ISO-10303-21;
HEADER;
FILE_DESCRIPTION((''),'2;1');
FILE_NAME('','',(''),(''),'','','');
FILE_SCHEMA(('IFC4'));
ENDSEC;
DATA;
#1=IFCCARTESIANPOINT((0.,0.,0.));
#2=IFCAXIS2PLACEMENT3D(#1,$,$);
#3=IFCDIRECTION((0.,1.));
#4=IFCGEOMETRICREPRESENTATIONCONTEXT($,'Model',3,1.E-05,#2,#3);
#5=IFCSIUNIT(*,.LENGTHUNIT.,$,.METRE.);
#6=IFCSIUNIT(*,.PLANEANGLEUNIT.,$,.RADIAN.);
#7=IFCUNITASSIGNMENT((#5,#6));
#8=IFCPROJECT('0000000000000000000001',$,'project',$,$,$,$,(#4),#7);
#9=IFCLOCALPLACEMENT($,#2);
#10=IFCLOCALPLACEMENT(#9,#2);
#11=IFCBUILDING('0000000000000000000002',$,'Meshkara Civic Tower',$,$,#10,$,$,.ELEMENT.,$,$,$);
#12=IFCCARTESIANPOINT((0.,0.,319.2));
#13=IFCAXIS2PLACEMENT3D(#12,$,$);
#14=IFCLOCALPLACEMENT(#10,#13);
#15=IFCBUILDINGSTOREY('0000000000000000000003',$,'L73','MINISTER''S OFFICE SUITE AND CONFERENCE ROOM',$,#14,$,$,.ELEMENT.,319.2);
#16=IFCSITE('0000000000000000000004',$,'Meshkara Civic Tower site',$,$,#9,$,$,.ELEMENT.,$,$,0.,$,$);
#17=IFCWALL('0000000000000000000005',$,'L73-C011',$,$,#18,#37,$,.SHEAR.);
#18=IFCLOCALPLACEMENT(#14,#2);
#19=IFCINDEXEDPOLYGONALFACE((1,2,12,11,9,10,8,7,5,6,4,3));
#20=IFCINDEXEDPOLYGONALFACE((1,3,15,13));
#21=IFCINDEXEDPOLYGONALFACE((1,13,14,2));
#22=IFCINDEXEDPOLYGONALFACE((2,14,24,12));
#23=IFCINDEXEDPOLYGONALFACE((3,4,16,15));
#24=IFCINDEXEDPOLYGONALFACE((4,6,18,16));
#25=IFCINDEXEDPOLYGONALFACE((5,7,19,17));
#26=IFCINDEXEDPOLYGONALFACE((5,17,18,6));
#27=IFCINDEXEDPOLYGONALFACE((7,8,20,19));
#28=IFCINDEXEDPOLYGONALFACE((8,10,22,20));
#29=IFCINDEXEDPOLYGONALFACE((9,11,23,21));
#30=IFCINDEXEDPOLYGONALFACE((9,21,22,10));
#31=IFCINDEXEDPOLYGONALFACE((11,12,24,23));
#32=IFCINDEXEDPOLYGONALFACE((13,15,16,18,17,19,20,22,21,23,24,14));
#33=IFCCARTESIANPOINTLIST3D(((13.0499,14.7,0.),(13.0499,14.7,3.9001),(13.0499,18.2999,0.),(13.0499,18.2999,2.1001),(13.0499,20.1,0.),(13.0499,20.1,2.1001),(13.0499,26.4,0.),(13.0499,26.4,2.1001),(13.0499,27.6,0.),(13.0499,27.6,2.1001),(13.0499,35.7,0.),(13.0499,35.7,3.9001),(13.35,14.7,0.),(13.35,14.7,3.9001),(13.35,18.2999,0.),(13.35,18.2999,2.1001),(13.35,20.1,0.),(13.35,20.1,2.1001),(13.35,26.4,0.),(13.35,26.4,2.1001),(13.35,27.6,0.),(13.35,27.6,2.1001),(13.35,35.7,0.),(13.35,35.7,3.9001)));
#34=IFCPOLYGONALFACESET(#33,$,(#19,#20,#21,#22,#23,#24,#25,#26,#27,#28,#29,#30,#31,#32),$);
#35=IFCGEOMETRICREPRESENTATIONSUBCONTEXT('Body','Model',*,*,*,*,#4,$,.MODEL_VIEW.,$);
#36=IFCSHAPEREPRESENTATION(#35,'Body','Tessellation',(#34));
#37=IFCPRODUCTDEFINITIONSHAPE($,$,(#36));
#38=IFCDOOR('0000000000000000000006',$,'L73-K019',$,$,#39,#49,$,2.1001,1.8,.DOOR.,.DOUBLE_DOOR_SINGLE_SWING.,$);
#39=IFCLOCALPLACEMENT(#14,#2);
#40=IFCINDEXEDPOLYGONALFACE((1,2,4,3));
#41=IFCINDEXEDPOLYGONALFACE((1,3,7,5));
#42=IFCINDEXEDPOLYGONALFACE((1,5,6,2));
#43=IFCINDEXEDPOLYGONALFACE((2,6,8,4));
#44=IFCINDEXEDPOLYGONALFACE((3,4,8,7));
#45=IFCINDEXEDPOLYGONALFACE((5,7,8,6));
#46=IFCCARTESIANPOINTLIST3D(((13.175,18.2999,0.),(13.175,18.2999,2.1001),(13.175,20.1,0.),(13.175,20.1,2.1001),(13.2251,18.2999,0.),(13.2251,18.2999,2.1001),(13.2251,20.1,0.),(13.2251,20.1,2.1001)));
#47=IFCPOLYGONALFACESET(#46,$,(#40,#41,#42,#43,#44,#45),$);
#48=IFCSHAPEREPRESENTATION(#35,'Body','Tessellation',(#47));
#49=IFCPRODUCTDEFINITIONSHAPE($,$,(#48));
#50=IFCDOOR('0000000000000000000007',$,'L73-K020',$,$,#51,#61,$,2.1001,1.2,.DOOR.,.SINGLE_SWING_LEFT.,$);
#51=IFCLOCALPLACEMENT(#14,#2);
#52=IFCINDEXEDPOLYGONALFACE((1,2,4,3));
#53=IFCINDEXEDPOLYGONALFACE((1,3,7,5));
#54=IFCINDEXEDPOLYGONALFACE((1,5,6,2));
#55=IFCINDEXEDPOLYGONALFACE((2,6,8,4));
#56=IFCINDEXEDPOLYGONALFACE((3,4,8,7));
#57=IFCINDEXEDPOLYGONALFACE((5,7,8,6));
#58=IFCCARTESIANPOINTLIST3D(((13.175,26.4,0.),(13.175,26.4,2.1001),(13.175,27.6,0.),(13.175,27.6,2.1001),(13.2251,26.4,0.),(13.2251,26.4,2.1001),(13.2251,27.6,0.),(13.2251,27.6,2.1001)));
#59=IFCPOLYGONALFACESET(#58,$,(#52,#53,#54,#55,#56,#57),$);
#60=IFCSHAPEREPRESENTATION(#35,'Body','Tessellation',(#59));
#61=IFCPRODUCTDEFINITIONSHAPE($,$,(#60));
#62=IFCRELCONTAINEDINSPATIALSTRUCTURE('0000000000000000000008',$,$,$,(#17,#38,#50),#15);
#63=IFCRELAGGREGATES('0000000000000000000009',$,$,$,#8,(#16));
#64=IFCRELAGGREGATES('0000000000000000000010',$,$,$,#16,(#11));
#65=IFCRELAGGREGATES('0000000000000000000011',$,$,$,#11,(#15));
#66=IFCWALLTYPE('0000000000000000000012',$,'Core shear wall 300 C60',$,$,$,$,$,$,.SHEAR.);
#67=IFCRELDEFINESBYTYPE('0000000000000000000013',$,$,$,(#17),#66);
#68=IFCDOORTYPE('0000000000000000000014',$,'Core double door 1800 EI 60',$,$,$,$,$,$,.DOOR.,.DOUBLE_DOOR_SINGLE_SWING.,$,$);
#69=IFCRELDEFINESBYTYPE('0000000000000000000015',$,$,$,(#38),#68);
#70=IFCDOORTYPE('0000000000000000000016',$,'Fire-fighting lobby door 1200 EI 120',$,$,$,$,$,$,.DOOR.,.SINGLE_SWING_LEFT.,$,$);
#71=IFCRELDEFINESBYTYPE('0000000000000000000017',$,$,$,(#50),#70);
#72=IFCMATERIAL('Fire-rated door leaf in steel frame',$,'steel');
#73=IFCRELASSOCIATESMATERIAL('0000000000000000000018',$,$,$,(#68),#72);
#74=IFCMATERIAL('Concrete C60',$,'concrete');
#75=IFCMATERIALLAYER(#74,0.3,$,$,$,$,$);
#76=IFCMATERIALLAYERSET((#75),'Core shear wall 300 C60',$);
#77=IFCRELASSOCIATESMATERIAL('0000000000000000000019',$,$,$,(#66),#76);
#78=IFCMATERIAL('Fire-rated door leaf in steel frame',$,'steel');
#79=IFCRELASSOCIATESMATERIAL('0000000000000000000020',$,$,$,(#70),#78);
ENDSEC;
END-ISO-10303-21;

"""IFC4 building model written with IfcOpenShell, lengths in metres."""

from ifc_helpers import new_model, si_unit, direction, frame, frame_2d, origin, place, context, subcontext, project, spatial, rectangle, extrude, material, layer, layer_set, type_object, element, fill, save


model = new_model("IFC4")

# Units and contexts
model_context = context("Model", 3, precision=1e-05, world=origin(), true_north=direction((0.0, 1.0)))
body_context = subcontext(model_context, "Body", "Model", "MODEL_VIEW")
ifc_project = project(units=[si_unit("LENGTHUNIT", "METRE"), si_unit("PLANEANGLEUNIT", "RADIAN")], contexts=[model_context])

# Site, building, storey
site_placement = place(None, origin())
site = spatial("IfcSite", under=ifc_project, at=site_placement, Name="Meshkara Civic Tower site", CompositionType="ELEMENT", RefElevation=0.0)
building_placement = place(site_placement, origin())
building = spatial("IfcBuilding", under=site, at=building_placement, Name="Meshkara Civic Tower", CompositionType="ELEMENT")
storey_placement = place(building_placement, frame((0.0, 0.0, 319.2)))
storey = spatial("IfcBuildingStorey", under=building, at=storey_placement, Name="L73", Description="MINISTER'S OFFICE SUITE AND CONFERENCE ROOM", CompositionType="ELEMENT", Elevation=319.2)

# Shared definitions
ifc_material_1 = material(Name="Fire-rated door leaf in steel frame", Category="steel")
door_type_1 = type_object("IfcDoorType", Name="Core double door 1800 EI 60", OperationType="DOUBLE_DOOR_SINGLE_SWING", PredefinedType="DOOR", material=ifc_material_1)

# Wall, openings, doors
ifc_material_2 = material(Name="Concrete C60", Category="concrete")
ifc_layer_1 = layer(ifc_material_2, 0.3)
ifc_layer_set_1 = layer_set([ifc_layer_1], Name="Core shear wall 300 C60")
wall_type_1 = type_object("IfcWallType", Name="Core shear wall 300 C60", PredefinedType="SHEAR", material=ifc_layer_set_1)
wall_1_placement = place(storey_placement, frame((13.2, 14.7, 0.0), z_axis=(0.0, 0.0, 1.0), x_axis=(0.0, 1.0, 0.0)))
wall_1 = element("IfcWall", 1, at=wall_1_placement, inside=storey, type_object=wall_type_1, Name="L73-C011", PredefinedType="SHEAR", context=body_context, shape_type="SweptSolid", body=[
    extrude(rectangle(XDim=21.0, YDim=0.3, at=frame_2d((10.5, 0.0))), origin(), (0.0, 0.0, 1.0), 3.9001),
])
opening_1_placement = place(wall_1_placement, frame((3.6001, 0.0, 0.0)))
opening_1 = element("IfcOpeningElement", 2, at=opening_1_placement, cuts=wall_1, PredefinedType="OPENING", context=body_context, shape_type="SweptSolid", body=[
    extrude(rectangle(XDim=1.8, YDim=2.1001, at=frame_2d((0.8999, 1.05))), frame((0.0, 0.1599, 0.0), z_axis=(0.0, -1.0, 0.0), x_axis=(1.0, 0.0, 0.0)), (0.0, 0.0, 1.0), 0.3201),
])
opening_2_placement = place(wall_1_placement, frame((11.7, 0.0, 0.0)))
opening_2 = element("IfcOpeningElement", 3, at=opening_2_placement, cuts=wall_1, PredefinedType="OPENING", context=body_context, shape_type="SweptSolid", body=[
    extrude(rectangle(XDim=1.2, YDim=2.1001, at=frame_2d((0.6001, 1.05))), frame((0.0, 0.1599, 0.0), z_axis=(0.0, -1.0, 0.0), x_axis=(1.0, 0.0, 0.0)), (0.0, 0.0, 1.0), 0.3201),
])
door_1_placement = place(opening_1_placement, origin())
door_1 = element("IfcDoor", 4, at=door_1_placement, inside=storey, type_object=door_type_1, Name="L73-K019", OperationType="DOUBLE_DOOR_SINGLE_SWING", OverallHeight=2.1001, OverallWidth=1.8, PredefinedType="DOOR", context=body_context, shape_type="SweptSolid", body=[
    extrude(rectangle(XDim=1.8, YDim=2.1001, at=frame_2d((0.8999, 1.05))), frame((0.0, 0.0249, 0.0), z_axis=(0.0, -1.0, 0.0), x_axis=(1.0, 0.0, 0.0)), (0.0, 0.0, 1.0), 0.05),
])
fill(opening_1, door_1)
ifc_material_3 = material(Name="Fire-rated door leaf in steel frame", Category="steel")
door_type_2 = type_object("IfcDoorType", Name="Fire-fighting lobby door 1200 EI 120", OperationType="SINGLE_SWING_LEFT", PredefinedType="DOOR", material=ifc_material_3)
door_2_placement = place(opening_2_placement, origin())
door_2 = element("IfcDoor", 5, at=door_2_placement, inside=storey, type_object=door_type_2, Name="L73-K020", OperationType="SINGLE_SWING_LEFT", OverallHeight=2.1001, OverallWidth=1.2, PredefinedType="DOOR", context=body_context, shape_type="SweptSolid", body=[
    extrude(rectangle(XDim=1.2, YDim=2.1001, at=frame_2d((0.6001, 1.05))), frame((0.0, 0.0249, 0.0), z_axis=(0.0, -1.0, 0.0), x_axis=(1.0, 0.0, 0.0)), (0.0, 0.0, 1.0), 0.05),
])
fill(opening_2, door_2)

save(model, "model.ifc")
